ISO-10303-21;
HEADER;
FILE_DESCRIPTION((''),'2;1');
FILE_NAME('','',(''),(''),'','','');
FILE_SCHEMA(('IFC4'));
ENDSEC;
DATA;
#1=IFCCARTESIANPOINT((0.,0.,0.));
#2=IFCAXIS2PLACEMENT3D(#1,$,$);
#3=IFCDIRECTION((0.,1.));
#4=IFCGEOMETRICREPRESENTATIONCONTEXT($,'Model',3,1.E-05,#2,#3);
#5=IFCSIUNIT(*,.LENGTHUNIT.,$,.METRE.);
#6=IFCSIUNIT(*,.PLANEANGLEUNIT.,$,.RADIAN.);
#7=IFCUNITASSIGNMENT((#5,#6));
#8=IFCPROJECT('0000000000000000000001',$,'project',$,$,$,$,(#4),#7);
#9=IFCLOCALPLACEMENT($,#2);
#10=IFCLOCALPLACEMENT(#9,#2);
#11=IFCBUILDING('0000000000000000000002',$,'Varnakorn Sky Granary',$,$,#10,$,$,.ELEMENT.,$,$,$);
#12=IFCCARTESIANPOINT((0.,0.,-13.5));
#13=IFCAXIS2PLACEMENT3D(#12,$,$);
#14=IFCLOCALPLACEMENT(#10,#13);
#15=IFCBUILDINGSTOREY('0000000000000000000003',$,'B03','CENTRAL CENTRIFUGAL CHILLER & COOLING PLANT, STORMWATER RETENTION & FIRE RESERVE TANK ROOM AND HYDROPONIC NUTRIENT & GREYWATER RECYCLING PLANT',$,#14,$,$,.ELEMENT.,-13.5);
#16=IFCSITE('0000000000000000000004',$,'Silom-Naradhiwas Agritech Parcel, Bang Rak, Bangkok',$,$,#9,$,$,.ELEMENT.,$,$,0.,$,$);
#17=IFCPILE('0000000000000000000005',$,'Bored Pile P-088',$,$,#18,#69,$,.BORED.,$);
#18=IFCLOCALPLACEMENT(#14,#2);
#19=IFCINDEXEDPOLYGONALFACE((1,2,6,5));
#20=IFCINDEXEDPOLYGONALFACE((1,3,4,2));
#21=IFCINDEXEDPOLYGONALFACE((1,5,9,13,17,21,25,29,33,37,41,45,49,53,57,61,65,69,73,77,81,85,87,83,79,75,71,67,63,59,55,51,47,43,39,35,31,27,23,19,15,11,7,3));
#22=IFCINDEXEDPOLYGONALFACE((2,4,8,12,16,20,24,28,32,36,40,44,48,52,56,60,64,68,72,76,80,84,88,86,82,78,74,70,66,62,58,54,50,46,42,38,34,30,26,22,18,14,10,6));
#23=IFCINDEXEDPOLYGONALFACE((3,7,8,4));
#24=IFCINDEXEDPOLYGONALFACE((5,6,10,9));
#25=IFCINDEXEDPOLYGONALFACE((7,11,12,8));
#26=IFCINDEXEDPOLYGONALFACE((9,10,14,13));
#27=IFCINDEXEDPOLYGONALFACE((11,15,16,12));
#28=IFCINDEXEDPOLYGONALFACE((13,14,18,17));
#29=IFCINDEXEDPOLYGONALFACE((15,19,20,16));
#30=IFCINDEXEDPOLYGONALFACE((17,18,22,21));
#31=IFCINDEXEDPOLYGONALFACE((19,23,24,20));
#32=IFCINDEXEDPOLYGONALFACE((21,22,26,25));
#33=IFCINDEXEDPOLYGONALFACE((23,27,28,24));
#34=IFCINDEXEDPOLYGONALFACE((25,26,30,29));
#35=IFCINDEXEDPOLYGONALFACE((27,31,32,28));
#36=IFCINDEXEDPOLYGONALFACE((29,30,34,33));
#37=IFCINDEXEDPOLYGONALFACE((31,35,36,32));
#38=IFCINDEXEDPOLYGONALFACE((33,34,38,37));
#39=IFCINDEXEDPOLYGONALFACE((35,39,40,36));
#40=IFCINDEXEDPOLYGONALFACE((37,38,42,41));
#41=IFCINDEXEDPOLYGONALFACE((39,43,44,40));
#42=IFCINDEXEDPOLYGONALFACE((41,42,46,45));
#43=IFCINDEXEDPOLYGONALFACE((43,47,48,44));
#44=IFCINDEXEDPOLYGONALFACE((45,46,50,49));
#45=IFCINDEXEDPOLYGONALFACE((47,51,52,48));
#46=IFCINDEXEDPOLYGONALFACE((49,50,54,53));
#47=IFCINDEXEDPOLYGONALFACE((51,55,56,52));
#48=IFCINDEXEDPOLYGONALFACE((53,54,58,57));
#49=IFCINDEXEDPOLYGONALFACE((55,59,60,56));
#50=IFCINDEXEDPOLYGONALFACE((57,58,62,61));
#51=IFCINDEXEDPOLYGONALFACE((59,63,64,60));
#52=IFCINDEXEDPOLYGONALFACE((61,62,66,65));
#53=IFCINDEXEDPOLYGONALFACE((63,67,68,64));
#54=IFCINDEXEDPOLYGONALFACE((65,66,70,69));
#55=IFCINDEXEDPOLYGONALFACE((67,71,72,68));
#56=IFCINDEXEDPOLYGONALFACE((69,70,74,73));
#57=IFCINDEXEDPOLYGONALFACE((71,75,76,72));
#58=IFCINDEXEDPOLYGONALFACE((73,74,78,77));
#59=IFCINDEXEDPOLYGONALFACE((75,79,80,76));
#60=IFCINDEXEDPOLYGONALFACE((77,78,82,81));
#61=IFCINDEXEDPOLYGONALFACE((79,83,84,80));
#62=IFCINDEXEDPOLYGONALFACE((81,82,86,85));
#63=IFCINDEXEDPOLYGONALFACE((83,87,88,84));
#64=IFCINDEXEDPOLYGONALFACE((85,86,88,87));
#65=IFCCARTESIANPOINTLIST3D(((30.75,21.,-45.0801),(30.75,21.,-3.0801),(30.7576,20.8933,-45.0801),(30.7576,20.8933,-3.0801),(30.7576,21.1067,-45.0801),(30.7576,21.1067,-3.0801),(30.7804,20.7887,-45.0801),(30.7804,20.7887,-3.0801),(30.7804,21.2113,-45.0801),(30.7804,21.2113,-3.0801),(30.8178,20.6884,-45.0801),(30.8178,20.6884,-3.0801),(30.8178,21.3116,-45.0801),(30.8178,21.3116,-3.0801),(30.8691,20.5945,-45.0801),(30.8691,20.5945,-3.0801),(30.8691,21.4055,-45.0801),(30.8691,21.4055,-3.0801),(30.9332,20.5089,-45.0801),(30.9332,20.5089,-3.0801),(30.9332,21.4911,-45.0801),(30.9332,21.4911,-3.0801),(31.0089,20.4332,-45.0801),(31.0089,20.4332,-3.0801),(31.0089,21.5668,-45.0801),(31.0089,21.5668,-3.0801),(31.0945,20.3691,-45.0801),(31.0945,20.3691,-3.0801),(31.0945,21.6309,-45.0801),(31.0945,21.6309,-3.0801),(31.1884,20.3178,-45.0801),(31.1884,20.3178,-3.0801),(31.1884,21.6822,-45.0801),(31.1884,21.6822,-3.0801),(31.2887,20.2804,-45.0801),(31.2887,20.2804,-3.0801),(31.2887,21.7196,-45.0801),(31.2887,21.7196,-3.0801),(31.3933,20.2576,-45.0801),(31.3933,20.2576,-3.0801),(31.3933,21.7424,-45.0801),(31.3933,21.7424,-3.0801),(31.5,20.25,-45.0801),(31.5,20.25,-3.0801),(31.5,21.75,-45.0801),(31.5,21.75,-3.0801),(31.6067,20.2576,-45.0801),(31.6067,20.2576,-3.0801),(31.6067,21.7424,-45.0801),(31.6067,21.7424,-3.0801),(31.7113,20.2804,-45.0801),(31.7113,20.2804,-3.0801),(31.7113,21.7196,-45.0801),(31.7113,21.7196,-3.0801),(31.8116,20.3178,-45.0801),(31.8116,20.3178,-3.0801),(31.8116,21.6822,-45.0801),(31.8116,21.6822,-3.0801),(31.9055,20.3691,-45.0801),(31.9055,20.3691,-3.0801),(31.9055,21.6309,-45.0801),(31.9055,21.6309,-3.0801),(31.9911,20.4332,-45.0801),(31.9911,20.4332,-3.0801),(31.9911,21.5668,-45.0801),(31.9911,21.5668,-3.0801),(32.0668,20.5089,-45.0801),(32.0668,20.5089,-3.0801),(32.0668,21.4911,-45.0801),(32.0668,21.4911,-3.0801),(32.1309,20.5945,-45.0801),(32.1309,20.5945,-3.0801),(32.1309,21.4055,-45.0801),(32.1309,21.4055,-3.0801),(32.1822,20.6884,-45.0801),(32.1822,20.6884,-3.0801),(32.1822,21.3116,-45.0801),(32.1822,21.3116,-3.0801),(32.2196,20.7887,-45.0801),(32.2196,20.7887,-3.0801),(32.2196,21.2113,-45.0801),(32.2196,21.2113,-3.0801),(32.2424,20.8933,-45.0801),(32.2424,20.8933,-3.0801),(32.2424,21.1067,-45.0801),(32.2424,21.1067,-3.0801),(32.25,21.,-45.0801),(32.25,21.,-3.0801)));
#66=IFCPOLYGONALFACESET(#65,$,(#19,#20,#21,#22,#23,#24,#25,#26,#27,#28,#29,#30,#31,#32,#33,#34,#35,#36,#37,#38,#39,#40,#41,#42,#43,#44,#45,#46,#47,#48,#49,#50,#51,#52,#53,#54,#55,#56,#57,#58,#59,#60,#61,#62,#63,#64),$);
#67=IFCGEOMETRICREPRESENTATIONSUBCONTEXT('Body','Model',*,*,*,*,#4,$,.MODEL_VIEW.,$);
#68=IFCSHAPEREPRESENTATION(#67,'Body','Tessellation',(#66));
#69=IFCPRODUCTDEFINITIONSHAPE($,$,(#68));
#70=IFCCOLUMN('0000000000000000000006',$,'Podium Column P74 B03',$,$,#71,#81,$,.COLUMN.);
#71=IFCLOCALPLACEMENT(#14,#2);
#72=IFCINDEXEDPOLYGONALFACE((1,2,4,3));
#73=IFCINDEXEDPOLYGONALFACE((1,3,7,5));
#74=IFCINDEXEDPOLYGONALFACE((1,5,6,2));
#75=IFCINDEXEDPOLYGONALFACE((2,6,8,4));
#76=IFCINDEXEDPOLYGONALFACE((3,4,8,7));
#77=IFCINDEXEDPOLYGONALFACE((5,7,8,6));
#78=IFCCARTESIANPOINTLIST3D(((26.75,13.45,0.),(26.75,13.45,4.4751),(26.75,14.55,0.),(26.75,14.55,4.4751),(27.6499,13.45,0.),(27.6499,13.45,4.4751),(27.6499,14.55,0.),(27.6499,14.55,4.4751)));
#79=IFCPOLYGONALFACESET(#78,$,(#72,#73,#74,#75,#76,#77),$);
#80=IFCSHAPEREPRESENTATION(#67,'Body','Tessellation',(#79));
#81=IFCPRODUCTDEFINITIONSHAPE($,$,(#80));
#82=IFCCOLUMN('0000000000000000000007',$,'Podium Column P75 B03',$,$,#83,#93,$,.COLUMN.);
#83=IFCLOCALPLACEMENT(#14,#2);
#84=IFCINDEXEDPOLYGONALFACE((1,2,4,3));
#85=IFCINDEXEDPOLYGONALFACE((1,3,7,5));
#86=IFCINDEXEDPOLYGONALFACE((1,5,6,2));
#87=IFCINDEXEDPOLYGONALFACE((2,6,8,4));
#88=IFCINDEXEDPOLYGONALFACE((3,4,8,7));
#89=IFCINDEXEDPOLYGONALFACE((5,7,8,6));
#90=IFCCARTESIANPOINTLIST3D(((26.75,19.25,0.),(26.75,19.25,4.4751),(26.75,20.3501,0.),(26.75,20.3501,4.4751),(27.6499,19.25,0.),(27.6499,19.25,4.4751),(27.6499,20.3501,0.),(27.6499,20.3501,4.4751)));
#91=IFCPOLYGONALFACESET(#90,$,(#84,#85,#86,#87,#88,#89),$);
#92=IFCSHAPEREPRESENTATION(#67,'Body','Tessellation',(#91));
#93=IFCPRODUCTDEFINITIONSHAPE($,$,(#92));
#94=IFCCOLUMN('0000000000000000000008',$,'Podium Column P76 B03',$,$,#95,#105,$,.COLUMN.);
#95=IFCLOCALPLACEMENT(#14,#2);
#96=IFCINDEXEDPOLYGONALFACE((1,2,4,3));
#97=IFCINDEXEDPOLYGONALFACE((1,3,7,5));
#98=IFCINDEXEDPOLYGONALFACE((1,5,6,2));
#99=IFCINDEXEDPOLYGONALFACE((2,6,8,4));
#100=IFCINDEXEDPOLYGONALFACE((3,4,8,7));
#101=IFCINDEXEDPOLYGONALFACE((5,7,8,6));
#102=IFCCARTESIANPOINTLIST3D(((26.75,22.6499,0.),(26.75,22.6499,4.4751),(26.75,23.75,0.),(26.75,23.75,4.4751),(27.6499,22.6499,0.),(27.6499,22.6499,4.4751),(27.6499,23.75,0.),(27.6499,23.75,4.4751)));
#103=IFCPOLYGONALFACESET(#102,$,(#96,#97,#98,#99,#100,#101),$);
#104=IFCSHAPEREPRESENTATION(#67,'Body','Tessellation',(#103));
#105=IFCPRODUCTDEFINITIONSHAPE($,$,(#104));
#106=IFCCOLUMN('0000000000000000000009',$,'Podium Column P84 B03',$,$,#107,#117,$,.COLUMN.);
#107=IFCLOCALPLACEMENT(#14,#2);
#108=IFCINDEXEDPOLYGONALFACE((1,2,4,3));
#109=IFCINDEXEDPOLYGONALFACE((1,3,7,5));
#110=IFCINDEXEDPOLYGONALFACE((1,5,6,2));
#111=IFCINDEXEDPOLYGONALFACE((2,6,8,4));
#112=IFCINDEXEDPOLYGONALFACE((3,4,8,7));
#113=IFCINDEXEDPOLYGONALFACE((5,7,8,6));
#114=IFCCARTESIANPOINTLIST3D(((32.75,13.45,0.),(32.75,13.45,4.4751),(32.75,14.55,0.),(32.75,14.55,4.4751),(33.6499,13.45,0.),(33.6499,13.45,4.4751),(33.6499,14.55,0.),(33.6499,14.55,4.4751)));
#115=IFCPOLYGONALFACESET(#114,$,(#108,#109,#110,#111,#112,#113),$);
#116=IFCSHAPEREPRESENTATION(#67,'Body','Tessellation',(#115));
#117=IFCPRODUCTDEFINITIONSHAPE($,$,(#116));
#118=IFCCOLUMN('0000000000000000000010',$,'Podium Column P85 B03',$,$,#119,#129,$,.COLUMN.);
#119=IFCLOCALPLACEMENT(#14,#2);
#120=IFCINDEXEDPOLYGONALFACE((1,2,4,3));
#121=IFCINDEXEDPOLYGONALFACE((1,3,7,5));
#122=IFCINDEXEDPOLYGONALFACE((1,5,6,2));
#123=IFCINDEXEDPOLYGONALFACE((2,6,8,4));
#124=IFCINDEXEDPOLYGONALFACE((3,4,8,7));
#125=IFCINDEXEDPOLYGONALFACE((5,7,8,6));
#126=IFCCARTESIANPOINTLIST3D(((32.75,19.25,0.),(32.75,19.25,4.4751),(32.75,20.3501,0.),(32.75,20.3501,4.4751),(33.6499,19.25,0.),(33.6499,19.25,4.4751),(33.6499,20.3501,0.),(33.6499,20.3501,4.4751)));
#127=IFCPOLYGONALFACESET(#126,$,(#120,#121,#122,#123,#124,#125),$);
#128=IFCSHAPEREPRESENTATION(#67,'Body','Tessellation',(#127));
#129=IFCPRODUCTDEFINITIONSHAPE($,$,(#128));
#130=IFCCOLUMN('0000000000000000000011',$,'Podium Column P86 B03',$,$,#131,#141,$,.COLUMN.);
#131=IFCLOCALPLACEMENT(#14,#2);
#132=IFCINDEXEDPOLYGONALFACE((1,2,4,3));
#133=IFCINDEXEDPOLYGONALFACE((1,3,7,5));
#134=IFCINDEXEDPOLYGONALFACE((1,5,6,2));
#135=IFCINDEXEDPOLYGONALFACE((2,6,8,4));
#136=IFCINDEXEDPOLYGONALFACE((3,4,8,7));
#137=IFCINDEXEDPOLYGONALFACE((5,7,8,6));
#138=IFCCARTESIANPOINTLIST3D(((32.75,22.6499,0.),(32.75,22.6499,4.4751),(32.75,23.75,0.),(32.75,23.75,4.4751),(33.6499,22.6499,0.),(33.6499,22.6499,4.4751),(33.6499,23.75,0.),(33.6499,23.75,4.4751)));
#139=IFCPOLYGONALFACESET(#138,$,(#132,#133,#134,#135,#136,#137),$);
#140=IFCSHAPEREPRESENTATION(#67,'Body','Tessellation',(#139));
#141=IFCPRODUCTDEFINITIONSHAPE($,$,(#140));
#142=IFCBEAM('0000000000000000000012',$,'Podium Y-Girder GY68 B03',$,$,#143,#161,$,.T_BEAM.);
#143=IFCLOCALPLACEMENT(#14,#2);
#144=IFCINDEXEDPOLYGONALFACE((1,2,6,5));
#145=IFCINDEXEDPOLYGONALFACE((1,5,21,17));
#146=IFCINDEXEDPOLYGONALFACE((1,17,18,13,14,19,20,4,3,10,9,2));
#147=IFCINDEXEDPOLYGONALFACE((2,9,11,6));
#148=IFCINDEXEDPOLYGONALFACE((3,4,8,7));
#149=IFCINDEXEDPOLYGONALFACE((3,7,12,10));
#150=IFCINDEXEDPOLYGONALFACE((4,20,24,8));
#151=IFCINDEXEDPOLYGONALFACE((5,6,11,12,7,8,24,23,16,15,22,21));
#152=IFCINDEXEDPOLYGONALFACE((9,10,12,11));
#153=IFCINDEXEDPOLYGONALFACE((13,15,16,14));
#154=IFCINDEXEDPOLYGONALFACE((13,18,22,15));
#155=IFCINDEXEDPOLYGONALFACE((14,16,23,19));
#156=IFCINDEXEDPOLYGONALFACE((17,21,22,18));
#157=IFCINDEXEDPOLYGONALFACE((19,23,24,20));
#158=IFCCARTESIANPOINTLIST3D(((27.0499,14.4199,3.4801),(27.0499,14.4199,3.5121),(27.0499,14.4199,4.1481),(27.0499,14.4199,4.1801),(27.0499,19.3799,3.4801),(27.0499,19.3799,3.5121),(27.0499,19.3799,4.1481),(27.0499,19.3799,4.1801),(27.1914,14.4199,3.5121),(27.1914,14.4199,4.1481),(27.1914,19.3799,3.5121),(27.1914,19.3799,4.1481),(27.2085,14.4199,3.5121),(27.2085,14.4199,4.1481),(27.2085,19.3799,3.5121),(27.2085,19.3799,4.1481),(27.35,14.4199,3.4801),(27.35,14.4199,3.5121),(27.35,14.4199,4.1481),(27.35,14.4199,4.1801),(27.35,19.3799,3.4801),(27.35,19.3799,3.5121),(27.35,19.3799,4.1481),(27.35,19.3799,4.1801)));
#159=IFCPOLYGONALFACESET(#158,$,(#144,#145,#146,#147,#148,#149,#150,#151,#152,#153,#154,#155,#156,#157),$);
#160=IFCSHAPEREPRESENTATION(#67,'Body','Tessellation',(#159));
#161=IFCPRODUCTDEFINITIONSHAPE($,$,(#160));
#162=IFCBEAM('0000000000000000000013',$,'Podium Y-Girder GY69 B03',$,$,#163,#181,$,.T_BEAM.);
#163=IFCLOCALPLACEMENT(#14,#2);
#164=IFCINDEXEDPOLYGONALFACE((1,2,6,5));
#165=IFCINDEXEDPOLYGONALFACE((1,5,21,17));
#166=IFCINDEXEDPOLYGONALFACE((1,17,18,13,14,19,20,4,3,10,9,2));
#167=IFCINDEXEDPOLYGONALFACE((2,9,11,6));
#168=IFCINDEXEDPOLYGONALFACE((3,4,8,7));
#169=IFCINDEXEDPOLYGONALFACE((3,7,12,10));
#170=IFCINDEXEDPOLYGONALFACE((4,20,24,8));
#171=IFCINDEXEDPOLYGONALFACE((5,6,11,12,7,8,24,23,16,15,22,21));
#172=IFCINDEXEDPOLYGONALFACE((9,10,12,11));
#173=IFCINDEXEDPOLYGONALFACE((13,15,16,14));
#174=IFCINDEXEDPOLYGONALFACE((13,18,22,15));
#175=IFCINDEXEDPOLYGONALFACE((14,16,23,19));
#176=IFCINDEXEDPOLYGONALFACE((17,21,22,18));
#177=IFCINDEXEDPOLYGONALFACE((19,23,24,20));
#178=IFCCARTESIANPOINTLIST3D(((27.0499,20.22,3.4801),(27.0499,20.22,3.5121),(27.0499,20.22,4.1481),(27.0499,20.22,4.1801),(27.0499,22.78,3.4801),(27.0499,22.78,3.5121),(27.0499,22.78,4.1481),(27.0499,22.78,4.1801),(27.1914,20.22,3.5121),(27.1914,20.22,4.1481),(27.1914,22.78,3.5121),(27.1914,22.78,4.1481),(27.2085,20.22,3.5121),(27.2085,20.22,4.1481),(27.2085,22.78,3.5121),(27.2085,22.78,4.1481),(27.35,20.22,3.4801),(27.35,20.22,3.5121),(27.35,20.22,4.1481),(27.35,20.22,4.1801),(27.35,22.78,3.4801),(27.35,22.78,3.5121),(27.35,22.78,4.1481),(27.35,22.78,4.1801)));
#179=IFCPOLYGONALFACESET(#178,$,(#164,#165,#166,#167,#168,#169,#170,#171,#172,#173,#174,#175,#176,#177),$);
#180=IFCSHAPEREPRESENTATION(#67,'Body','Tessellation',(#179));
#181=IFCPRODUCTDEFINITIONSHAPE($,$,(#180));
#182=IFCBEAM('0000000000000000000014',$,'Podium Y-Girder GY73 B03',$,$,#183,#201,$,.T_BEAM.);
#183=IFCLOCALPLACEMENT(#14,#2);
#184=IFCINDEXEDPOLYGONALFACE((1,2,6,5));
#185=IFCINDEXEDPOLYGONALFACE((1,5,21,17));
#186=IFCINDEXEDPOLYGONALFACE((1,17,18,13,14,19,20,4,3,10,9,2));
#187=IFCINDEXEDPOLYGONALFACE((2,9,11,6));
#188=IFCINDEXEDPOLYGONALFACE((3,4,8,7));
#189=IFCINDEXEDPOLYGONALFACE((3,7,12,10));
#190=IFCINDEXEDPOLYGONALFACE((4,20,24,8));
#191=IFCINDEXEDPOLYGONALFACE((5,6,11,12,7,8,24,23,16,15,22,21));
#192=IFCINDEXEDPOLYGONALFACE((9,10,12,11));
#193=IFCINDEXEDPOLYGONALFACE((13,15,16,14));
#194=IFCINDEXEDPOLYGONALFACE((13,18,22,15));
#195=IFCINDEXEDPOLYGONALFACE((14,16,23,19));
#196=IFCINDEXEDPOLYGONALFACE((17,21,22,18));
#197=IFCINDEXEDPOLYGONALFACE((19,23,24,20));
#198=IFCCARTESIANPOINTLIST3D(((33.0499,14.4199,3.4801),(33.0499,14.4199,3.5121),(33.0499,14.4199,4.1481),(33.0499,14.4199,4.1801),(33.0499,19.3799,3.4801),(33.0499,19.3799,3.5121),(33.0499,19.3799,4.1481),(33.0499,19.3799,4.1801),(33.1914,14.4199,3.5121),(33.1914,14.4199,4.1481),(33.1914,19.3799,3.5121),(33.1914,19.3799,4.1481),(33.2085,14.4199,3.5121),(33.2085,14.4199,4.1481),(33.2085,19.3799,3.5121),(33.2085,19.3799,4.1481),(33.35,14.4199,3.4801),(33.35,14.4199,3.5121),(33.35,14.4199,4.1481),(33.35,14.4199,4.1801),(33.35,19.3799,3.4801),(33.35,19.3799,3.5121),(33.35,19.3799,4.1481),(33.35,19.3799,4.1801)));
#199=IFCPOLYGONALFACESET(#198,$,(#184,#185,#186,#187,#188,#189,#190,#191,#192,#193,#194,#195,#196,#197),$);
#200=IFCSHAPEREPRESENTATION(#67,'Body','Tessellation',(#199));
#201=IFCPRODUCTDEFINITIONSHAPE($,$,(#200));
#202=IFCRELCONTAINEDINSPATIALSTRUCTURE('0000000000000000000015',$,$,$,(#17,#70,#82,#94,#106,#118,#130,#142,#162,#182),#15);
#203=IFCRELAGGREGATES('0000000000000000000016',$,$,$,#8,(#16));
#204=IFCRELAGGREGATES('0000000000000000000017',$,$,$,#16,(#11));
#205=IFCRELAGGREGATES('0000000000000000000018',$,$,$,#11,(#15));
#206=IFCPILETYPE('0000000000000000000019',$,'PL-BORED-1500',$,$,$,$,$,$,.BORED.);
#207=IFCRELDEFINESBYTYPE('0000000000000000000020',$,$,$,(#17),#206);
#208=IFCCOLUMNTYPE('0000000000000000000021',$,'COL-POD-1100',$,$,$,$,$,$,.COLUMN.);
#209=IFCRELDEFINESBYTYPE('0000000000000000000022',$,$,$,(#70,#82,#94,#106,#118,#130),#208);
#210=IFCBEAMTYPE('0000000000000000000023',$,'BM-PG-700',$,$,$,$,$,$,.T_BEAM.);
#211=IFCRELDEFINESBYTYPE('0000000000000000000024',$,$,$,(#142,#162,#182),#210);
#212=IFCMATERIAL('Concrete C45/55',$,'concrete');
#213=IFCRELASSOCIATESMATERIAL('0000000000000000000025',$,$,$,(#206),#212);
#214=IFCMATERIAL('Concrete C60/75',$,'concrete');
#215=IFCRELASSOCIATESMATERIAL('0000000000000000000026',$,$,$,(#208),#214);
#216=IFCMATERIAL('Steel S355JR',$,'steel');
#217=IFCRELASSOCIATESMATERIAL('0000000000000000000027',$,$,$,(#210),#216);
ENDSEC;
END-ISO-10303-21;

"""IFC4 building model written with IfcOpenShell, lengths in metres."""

from ifc_helpers import new_model, si_unit, direction, frame, origin, origin_2d, place, context, subcontext, project, spatial, rectangle, circle, i_section, extrude, material, material_profile, profile_set, type_object, element, save


model = new_model("IFC4")

# Units and contexts
model_context = context("Model", 3, precision=1e-05, world=origin(), true_north=direction((0.0, 1.0)))
body_context = subcontext(model_context, "Body", "Model", "MODEL_VIEW")
ifc_project = project(units=[si_unit("LENGTHUNIT", "METRE"), si_unit("PLANEANGLEUNIT", "RADIAN")], contexts=[model_context])

# Site, building, storey
site_placement = place(None, origin())
site = spatial("IfcSite", under=ifc_project, at=site_placement, Name="Silom-Naradhiwas Agritech Parcel, Bang Rak, Bangkok", CompositionType="ELEMENT", RefElevation=0.0)
building_placement = place(site_placement, origin())
building = spatial("IfcBuilding", under=site, at=building_placement, Name="Varnakorn Sky Granary", CompositionType="ELEMENT")
storey_placement = place(building_placement, frame((0.0, 0.0, -13.5)))
storey = spatial("IfcBuildingStorey", under=building, at=storey_placement, Name="B03", Description="CENTRAL CENTRIFUGAL CHILLER & COOLING PLANT, STORMWATER RETENTION & FIRE RESERVE TANK ROOM AND HYDROPONIC NUTRIENT & GREYWATER RECYCLING PLANT", CompositionType="ELEMENT", Elevation=-13.5)

# Pile
ifc_material_1 = material(Name="Concrete C45/55", Category="concrete")
ifc_material_profile_1 = material_profile(ifc_material_1, circle(Radius=0.75, at=origin_2d()), Name="PILE D1500")
ifc_profile_set_1 = profile_set([ifc_material_profile_1], Name="Concrete C45/55")
pile_type = type_object("IfcPileType", Name="PL-BORED-1500", PredefinedType="BORED", material=ifc_profile_set_1)
for number, where, z_axis, x_axis, name in (
    (1, (31.5, 21.0, -3.0801), (0.0, 0.0, -1.0), (1.0, 0.0, 0.0), "Bored Pile P-088"),
):
    element("IfcPile", number, at=place(storey_placement, frame(where, z_axis=z_axis, x_axis=x_axis)), inside=storey, type_object=pile_type, Name=name, PredefinedType="BORED", context=body_context, shape_type="SweptSolid", body=[
        extrude(circle(Radius=0.75, at=origin_2d()), origin(), (0.0, 0.0, 1.0), 42.0),
    ])

# Columns
ifc_material_2 = material(Name="Concrete C60/75", Category="concrete")
ifc_material_profile_2 = material_profile(ifc_material_2, rectangle(XDim=0.8999, YDim=1.1001, at=origin_2d()), Name="RC 900x1100")
ifc_profile_set_2 = profile_set([ifc_material_profile_2], Name="Concrete C60/75")
column_type = type_object("IfcColumnType", Name="COL-POD-1100", PredefinedType="COLUMN", material=ifc_profile_set_2)
for number, where, z_axis, x_axis, name in (
    (2, (27.2, 14.0, 0.0), (0.0, 0.0, 1.0), (1.0, 0.0, 0.0), "Podium Column P74 B03"),
    (3, (27.2, 19.8, 0.0), (0.0, 0.0, 1.0), (1.0, 0.0, 0.0), "Podium Column P75 B03"),
    (4, (27.2, 23.2, 0.0), (0.0, 0.0, 1.0), (1.0, 0.0, 0.0), "Podium Column P76 B03"),
    (5, (33.2, 14.0, 0.0), (0.0, 0.0, 1.0), (1.0, 0.0, 0.0), "Podium Column P84 B03"),
    (6, (33.2, 19.8, 0.0), (0.0, 0.0, 1.0), (1.0, 0.0, 0.0), "Podium Column P85 B03"),
    (7, (33.2, 23.2, 0.0), (0.0, 0.0, 1.0), (1.0, 0.0, 0.0), "Podium Column P86 B03"),
):
    element("IfcColumn", number, at=place(storey_placement, frame(where, z_axis=z_axis, x_axis=x_axis)), inside=storey, type_object=column_type, Name=name, PredefinedType="COLUMN", context=body_context, shape_type="SweptSolid", body=[
        extrude(rectangle(XDim=0.8999, YDim=1.1001, at=origin_2d()), origin(), (0.0, 0.0, 1.0), 4.4751),
    ])

# Beams
ifc_material_3 = material(Name="Steel S355JR", Category="steel")
ifc_material_profile_3 = material_profile(ifc_material_3, i_section(OverallWidth=0.3, OverallDepth=0.7, WebThickness=0.0171, FlangeThickness=0.032, at=origin_2d()), Name="HE 700 B")
ifc_profile_set_3 = profile_set([ifc_material_profile_3], Name="Steel S355JR")
beam_type_1 = type_object("IfcBeamType", Name="BM-PG-700", PredefinedType="T_BEAM", material=ifc_profile_set_3)
beam_1_placement = place(storey_placement, frame((27.2, 14.4199, 3.8301), z_axis=(0.0, 1.0, 0.0), x_axis=(-1.0, 0.0, 0.0)))
element("IfcBeam", 8, at=beam_1_placement, inside=storey, type_object=beam_type_1, Name="Podium Y-Girder GY68 B03", PredefinedType="T_BEAM", context=body_context, shape_type="SweptSolid", body=[
    extrude(i_section(OverallWidth=0.3, OverallDepth=0.7, WebThickness=0.0171, FlangeThickness=0.032, at=origin_2d()), origin(), (0.0, 0.0, 1.0), 4.96),
])
beam_2_placement = place(storey_placement, frame((27.2, 20.22, 3.8301), z_axis=(0.0, 1.0, 0.0), x_axis=(-1.0, 0.0, 0.0)))
element("IfcBeam", 9, at=beam_2_placement, inside=storey, type_object=beam_type_1, Name="Podium Y-Girder GY69 B03", PredefinedType="T_BEAM", context=body_context, shape_type="SweptSolid", body=[
    extrude(i_section(OverallWidth=0.3, OverallDepth=0.7, WebThickness=0.0171, FlangeThickness=0.032, at=origin_2d()), origin(), (0.0, 0.0, 1.0), 2.5601),
])
beam_3_placement = place(storey_placement, frame((33.2, 14.4199, 3.8301), z_axis=(0.0, 1.0, 0.0), x_axis=(-1.0, 0.0, 0.0)))
element("IfcBeam", 10, at=beam_3_placement, inside=storey, type_object=beam_type_1, Name="Podium Y-Girder GY73 B03", PredefinedType="T_BEAM", context=body_context, shape_type="SweptSolid", body=[
    extrude(i_section(OverallWidth=0.3, OverallDepth=0.7, WebThickness=0.0171, FlangeThickness=0.032, at=origin_2d()), origin(), (0.0, 0.0, 1.0), 4.96),
])

save(model, "model.ifc")
